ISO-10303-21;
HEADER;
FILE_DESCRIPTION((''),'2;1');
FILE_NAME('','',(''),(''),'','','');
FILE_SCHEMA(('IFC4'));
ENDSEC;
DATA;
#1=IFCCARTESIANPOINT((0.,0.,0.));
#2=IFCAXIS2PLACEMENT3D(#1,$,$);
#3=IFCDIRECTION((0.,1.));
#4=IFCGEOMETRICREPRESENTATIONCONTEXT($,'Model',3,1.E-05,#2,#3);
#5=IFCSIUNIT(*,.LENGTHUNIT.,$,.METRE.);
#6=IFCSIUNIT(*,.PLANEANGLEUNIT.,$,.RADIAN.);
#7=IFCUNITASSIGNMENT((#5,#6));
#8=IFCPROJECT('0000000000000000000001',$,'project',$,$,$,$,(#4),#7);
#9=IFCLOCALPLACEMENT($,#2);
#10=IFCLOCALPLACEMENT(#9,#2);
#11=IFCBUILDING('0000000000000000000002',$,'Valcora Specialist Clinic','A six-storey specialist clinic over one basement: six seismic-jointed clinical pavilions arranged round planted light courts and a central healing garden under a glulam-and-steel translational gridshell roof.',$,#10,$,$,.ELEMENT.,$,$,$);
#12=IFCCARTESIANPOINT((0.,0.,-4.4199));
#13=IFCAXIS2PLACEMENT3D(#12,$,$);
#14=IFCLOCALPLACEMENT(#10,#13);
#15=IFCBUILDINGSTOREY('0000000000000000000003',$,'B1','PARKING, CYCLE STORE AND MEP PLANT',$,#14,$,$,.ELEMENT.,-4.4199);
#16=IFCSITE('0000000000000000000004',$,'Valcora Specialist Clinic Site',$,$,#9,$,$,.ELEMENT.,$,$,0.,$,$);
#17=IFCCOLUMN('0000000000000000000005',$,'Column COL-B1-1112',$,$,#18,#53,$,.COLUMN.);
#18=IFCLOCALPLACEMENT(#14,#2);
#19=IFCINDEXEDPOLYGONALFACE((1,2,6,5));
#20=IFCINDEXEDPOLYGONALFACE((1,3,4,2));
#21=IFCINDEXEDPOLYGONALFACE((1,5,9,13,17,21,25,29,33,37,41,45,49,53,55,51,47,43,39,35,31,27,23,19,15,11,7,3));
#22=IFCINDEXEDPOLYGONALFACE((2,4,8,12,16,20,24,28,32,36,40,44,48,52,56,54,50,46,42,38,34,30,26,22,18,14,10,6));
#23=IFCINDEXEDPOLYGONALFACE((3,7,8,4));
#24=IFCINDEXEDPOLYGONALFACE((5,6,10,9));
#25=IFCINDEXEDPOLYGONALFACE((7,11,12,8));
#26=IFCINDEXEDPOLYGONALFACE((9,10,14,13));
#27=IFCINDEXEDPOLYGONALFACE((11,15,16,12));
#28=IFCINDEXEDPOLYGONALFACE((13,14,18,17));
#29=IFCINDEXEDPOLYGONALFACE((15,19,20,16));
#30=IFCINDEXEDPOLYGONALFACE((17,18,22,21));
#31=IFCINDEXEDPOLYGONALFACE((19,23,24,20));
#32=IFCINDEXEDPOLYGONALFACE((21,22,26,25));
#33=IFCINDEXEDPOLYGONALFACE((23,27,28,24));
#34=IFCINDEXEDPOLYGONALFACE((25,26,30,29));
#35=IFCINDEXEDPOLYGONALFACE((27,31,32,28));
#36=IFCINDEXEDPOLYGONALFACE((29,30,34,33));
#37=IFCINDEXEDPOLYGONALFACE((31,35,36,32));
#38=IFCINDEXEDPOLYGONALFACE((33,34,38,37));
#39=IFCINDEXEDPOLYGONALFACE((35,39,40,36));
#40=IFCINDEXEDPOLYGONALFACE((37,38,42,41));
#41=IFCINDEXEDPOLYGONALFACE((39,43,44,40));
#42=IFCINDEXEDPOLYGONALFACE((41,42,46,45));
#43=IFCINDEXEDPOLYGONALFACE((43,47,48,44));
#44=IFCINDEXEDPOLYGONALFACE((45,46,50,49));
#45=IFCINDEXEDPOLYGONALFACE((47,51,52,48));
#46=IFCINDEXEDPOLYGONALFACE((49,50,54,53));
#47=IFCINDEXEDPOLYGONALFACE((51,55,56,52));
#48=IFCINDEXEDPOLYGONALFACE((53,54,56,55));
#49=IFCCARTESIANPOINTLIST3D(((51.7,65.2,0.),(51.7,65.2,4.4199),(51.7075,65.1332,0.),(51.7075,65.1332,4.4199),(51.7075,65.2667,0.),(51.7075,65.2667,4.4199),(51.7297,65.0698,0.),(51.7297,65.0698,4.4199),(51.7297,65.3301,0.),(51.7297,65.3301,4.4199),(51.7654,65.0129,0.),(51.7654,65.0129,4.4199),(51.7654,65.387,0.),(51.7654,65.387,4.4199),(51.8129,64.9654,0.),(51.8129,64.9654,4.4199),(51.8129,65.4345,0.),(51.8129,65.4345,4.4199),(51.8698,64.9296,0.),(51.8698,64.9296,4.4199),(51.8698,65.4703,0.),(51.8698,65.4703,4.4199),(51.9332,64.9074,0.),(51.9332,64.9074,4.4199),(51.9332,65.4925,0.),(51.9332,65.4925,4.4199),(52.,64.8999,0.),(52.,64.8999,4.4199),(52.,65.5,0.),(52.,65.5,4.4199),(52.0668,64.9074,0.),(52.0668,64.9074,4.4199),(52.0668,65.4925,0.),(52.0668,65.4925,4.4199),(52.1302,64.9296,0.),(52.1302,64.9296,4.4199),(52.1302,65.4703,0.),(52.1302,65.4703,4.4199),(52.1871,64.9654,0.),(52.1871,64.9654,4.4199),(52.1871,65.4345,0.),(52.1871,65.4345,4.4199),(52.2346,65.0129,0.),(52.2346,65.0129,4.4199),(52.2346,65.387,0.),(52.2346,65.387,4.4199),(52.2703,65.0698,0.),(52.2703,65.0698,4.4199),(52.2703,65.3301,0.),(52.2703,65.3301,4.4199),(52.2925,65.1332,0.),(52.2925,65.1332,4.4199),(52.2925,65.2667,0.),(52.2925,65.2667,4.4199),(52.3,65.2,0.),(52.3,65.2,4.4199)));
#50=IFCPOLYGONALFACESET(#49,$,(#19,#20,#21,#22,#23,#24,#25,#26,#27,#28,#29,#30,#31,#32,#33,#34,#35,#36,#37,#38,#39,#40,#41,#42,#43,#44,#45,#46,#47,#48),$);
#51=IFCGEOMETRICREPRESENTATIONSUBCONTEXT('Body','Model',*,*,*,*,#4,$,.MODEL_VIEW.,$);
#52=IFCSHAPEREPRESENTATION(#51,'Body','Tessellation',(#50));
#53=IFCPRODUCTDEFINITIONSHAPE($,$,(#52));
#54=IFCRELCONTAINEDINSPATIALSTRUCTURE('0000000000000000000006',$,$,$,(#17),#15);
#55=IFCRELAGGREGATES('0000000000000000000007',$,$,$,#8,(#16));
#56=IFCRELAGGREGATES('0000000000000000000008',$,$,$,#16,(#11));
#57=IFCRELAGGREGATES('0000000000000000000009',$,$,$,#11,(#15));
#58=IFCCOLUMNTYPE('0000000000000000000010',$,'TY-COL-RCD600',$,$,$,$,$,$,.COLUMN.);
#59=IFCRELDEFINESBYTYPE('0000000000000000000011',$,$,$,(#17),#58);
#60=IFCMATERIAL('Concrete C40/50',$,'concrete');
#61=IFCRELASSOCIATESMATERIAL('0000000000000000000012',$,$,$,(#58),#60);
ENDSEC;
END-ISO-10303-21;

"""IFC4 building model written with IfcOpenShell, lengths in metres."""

from ifc_helpers import new_model, si_unit, direction, frame, origin, origin_2d, place, context, subcontext, project, spatial, circle, extrude, material, material_profile, profile_set, type_object, element, save


model = new_model("IFC4")

# Units and contexts
model_context = context("Model", 3, precision=1e-05, world=origin(), true_north=direction((0.0, 1.0)))
body_context = subcontext(model_context, "Body", "Model", "MODEL_VIEW")
ifc_project = project(units=[si_unit("LENGTHUNIT", "METRE"), si_unit("PLANEANGLEUNIT", "RADIAN")], contexts=[model_context])

# Site, building, storey
site_placement = place(None, origin())
site = spatial("IfcSite", under=ifc_project, at=site_placement, Name="Valcora Specialist Clinic Site", CompositionType="ELEMENT", RefElevation=0.0)
building_placement = place(site_placement, origin())
building = spatial("IfcBuilding", under=site, at=building_placement, Name="Valcora Specialist Clinic", Description="A six-storey specialist clinic over one basement: six seismic-jointed clinical pavilions arranged round planted light courts and a central healing garden under a glulam-and-steel translational gridshell roof.", CompositionType="ELEMENT")
storey_placement = place(building_placement, frame((0.0, 0.0, -4.4199)))
storey = spatial("IfcBuildingStorey", under=building, at=storey_placement, Name="B1", Description="PARKING, CYCLE STORE AND MEP PLANT", CompositionType="ELEMENT", Elevation=-4.4199)

# Column
ifc_material_1 = material(Name="Concrete C40/50", Category="concrete")
ifc_material_profile_1 = material_profile(ifc_material_1, circle(Radius=0.3, at=origin_2d()), Name="RC-COL-D600")
ifc_profile_set_1 = profile_set([ifc_material_profile_1], Name="Concrete C40/50")
column_type_1 = type_object("IfcColumnType", Name="TY-COL-RCD600", PredefinedType="COLUMN", material=ifc_profile_set_1)
for number, where, z_axis, x_axis, name in (
    (1, (52.0, 65.2, 0.0), (0.0, 0.0, 1.0), (1.0, 0.0, 0.0), "Column COL-B1-1112"),
):
    element("IfcColumn", number, at=place(storey_placement, frame(where, z_axis=z_axis, x_axis=x_axis)), inside=storey, type_object=column_type_1, Name=name, PredefinedType="COLUMN", context=body_context, shape_type="SweptSolid", body=[
        extrude(circle(Radius=0.3, at=origin_2d()), origin(), (0.0, 0.0, 1.0), 4.4199),
    ])

save(model, "model.ifc")
